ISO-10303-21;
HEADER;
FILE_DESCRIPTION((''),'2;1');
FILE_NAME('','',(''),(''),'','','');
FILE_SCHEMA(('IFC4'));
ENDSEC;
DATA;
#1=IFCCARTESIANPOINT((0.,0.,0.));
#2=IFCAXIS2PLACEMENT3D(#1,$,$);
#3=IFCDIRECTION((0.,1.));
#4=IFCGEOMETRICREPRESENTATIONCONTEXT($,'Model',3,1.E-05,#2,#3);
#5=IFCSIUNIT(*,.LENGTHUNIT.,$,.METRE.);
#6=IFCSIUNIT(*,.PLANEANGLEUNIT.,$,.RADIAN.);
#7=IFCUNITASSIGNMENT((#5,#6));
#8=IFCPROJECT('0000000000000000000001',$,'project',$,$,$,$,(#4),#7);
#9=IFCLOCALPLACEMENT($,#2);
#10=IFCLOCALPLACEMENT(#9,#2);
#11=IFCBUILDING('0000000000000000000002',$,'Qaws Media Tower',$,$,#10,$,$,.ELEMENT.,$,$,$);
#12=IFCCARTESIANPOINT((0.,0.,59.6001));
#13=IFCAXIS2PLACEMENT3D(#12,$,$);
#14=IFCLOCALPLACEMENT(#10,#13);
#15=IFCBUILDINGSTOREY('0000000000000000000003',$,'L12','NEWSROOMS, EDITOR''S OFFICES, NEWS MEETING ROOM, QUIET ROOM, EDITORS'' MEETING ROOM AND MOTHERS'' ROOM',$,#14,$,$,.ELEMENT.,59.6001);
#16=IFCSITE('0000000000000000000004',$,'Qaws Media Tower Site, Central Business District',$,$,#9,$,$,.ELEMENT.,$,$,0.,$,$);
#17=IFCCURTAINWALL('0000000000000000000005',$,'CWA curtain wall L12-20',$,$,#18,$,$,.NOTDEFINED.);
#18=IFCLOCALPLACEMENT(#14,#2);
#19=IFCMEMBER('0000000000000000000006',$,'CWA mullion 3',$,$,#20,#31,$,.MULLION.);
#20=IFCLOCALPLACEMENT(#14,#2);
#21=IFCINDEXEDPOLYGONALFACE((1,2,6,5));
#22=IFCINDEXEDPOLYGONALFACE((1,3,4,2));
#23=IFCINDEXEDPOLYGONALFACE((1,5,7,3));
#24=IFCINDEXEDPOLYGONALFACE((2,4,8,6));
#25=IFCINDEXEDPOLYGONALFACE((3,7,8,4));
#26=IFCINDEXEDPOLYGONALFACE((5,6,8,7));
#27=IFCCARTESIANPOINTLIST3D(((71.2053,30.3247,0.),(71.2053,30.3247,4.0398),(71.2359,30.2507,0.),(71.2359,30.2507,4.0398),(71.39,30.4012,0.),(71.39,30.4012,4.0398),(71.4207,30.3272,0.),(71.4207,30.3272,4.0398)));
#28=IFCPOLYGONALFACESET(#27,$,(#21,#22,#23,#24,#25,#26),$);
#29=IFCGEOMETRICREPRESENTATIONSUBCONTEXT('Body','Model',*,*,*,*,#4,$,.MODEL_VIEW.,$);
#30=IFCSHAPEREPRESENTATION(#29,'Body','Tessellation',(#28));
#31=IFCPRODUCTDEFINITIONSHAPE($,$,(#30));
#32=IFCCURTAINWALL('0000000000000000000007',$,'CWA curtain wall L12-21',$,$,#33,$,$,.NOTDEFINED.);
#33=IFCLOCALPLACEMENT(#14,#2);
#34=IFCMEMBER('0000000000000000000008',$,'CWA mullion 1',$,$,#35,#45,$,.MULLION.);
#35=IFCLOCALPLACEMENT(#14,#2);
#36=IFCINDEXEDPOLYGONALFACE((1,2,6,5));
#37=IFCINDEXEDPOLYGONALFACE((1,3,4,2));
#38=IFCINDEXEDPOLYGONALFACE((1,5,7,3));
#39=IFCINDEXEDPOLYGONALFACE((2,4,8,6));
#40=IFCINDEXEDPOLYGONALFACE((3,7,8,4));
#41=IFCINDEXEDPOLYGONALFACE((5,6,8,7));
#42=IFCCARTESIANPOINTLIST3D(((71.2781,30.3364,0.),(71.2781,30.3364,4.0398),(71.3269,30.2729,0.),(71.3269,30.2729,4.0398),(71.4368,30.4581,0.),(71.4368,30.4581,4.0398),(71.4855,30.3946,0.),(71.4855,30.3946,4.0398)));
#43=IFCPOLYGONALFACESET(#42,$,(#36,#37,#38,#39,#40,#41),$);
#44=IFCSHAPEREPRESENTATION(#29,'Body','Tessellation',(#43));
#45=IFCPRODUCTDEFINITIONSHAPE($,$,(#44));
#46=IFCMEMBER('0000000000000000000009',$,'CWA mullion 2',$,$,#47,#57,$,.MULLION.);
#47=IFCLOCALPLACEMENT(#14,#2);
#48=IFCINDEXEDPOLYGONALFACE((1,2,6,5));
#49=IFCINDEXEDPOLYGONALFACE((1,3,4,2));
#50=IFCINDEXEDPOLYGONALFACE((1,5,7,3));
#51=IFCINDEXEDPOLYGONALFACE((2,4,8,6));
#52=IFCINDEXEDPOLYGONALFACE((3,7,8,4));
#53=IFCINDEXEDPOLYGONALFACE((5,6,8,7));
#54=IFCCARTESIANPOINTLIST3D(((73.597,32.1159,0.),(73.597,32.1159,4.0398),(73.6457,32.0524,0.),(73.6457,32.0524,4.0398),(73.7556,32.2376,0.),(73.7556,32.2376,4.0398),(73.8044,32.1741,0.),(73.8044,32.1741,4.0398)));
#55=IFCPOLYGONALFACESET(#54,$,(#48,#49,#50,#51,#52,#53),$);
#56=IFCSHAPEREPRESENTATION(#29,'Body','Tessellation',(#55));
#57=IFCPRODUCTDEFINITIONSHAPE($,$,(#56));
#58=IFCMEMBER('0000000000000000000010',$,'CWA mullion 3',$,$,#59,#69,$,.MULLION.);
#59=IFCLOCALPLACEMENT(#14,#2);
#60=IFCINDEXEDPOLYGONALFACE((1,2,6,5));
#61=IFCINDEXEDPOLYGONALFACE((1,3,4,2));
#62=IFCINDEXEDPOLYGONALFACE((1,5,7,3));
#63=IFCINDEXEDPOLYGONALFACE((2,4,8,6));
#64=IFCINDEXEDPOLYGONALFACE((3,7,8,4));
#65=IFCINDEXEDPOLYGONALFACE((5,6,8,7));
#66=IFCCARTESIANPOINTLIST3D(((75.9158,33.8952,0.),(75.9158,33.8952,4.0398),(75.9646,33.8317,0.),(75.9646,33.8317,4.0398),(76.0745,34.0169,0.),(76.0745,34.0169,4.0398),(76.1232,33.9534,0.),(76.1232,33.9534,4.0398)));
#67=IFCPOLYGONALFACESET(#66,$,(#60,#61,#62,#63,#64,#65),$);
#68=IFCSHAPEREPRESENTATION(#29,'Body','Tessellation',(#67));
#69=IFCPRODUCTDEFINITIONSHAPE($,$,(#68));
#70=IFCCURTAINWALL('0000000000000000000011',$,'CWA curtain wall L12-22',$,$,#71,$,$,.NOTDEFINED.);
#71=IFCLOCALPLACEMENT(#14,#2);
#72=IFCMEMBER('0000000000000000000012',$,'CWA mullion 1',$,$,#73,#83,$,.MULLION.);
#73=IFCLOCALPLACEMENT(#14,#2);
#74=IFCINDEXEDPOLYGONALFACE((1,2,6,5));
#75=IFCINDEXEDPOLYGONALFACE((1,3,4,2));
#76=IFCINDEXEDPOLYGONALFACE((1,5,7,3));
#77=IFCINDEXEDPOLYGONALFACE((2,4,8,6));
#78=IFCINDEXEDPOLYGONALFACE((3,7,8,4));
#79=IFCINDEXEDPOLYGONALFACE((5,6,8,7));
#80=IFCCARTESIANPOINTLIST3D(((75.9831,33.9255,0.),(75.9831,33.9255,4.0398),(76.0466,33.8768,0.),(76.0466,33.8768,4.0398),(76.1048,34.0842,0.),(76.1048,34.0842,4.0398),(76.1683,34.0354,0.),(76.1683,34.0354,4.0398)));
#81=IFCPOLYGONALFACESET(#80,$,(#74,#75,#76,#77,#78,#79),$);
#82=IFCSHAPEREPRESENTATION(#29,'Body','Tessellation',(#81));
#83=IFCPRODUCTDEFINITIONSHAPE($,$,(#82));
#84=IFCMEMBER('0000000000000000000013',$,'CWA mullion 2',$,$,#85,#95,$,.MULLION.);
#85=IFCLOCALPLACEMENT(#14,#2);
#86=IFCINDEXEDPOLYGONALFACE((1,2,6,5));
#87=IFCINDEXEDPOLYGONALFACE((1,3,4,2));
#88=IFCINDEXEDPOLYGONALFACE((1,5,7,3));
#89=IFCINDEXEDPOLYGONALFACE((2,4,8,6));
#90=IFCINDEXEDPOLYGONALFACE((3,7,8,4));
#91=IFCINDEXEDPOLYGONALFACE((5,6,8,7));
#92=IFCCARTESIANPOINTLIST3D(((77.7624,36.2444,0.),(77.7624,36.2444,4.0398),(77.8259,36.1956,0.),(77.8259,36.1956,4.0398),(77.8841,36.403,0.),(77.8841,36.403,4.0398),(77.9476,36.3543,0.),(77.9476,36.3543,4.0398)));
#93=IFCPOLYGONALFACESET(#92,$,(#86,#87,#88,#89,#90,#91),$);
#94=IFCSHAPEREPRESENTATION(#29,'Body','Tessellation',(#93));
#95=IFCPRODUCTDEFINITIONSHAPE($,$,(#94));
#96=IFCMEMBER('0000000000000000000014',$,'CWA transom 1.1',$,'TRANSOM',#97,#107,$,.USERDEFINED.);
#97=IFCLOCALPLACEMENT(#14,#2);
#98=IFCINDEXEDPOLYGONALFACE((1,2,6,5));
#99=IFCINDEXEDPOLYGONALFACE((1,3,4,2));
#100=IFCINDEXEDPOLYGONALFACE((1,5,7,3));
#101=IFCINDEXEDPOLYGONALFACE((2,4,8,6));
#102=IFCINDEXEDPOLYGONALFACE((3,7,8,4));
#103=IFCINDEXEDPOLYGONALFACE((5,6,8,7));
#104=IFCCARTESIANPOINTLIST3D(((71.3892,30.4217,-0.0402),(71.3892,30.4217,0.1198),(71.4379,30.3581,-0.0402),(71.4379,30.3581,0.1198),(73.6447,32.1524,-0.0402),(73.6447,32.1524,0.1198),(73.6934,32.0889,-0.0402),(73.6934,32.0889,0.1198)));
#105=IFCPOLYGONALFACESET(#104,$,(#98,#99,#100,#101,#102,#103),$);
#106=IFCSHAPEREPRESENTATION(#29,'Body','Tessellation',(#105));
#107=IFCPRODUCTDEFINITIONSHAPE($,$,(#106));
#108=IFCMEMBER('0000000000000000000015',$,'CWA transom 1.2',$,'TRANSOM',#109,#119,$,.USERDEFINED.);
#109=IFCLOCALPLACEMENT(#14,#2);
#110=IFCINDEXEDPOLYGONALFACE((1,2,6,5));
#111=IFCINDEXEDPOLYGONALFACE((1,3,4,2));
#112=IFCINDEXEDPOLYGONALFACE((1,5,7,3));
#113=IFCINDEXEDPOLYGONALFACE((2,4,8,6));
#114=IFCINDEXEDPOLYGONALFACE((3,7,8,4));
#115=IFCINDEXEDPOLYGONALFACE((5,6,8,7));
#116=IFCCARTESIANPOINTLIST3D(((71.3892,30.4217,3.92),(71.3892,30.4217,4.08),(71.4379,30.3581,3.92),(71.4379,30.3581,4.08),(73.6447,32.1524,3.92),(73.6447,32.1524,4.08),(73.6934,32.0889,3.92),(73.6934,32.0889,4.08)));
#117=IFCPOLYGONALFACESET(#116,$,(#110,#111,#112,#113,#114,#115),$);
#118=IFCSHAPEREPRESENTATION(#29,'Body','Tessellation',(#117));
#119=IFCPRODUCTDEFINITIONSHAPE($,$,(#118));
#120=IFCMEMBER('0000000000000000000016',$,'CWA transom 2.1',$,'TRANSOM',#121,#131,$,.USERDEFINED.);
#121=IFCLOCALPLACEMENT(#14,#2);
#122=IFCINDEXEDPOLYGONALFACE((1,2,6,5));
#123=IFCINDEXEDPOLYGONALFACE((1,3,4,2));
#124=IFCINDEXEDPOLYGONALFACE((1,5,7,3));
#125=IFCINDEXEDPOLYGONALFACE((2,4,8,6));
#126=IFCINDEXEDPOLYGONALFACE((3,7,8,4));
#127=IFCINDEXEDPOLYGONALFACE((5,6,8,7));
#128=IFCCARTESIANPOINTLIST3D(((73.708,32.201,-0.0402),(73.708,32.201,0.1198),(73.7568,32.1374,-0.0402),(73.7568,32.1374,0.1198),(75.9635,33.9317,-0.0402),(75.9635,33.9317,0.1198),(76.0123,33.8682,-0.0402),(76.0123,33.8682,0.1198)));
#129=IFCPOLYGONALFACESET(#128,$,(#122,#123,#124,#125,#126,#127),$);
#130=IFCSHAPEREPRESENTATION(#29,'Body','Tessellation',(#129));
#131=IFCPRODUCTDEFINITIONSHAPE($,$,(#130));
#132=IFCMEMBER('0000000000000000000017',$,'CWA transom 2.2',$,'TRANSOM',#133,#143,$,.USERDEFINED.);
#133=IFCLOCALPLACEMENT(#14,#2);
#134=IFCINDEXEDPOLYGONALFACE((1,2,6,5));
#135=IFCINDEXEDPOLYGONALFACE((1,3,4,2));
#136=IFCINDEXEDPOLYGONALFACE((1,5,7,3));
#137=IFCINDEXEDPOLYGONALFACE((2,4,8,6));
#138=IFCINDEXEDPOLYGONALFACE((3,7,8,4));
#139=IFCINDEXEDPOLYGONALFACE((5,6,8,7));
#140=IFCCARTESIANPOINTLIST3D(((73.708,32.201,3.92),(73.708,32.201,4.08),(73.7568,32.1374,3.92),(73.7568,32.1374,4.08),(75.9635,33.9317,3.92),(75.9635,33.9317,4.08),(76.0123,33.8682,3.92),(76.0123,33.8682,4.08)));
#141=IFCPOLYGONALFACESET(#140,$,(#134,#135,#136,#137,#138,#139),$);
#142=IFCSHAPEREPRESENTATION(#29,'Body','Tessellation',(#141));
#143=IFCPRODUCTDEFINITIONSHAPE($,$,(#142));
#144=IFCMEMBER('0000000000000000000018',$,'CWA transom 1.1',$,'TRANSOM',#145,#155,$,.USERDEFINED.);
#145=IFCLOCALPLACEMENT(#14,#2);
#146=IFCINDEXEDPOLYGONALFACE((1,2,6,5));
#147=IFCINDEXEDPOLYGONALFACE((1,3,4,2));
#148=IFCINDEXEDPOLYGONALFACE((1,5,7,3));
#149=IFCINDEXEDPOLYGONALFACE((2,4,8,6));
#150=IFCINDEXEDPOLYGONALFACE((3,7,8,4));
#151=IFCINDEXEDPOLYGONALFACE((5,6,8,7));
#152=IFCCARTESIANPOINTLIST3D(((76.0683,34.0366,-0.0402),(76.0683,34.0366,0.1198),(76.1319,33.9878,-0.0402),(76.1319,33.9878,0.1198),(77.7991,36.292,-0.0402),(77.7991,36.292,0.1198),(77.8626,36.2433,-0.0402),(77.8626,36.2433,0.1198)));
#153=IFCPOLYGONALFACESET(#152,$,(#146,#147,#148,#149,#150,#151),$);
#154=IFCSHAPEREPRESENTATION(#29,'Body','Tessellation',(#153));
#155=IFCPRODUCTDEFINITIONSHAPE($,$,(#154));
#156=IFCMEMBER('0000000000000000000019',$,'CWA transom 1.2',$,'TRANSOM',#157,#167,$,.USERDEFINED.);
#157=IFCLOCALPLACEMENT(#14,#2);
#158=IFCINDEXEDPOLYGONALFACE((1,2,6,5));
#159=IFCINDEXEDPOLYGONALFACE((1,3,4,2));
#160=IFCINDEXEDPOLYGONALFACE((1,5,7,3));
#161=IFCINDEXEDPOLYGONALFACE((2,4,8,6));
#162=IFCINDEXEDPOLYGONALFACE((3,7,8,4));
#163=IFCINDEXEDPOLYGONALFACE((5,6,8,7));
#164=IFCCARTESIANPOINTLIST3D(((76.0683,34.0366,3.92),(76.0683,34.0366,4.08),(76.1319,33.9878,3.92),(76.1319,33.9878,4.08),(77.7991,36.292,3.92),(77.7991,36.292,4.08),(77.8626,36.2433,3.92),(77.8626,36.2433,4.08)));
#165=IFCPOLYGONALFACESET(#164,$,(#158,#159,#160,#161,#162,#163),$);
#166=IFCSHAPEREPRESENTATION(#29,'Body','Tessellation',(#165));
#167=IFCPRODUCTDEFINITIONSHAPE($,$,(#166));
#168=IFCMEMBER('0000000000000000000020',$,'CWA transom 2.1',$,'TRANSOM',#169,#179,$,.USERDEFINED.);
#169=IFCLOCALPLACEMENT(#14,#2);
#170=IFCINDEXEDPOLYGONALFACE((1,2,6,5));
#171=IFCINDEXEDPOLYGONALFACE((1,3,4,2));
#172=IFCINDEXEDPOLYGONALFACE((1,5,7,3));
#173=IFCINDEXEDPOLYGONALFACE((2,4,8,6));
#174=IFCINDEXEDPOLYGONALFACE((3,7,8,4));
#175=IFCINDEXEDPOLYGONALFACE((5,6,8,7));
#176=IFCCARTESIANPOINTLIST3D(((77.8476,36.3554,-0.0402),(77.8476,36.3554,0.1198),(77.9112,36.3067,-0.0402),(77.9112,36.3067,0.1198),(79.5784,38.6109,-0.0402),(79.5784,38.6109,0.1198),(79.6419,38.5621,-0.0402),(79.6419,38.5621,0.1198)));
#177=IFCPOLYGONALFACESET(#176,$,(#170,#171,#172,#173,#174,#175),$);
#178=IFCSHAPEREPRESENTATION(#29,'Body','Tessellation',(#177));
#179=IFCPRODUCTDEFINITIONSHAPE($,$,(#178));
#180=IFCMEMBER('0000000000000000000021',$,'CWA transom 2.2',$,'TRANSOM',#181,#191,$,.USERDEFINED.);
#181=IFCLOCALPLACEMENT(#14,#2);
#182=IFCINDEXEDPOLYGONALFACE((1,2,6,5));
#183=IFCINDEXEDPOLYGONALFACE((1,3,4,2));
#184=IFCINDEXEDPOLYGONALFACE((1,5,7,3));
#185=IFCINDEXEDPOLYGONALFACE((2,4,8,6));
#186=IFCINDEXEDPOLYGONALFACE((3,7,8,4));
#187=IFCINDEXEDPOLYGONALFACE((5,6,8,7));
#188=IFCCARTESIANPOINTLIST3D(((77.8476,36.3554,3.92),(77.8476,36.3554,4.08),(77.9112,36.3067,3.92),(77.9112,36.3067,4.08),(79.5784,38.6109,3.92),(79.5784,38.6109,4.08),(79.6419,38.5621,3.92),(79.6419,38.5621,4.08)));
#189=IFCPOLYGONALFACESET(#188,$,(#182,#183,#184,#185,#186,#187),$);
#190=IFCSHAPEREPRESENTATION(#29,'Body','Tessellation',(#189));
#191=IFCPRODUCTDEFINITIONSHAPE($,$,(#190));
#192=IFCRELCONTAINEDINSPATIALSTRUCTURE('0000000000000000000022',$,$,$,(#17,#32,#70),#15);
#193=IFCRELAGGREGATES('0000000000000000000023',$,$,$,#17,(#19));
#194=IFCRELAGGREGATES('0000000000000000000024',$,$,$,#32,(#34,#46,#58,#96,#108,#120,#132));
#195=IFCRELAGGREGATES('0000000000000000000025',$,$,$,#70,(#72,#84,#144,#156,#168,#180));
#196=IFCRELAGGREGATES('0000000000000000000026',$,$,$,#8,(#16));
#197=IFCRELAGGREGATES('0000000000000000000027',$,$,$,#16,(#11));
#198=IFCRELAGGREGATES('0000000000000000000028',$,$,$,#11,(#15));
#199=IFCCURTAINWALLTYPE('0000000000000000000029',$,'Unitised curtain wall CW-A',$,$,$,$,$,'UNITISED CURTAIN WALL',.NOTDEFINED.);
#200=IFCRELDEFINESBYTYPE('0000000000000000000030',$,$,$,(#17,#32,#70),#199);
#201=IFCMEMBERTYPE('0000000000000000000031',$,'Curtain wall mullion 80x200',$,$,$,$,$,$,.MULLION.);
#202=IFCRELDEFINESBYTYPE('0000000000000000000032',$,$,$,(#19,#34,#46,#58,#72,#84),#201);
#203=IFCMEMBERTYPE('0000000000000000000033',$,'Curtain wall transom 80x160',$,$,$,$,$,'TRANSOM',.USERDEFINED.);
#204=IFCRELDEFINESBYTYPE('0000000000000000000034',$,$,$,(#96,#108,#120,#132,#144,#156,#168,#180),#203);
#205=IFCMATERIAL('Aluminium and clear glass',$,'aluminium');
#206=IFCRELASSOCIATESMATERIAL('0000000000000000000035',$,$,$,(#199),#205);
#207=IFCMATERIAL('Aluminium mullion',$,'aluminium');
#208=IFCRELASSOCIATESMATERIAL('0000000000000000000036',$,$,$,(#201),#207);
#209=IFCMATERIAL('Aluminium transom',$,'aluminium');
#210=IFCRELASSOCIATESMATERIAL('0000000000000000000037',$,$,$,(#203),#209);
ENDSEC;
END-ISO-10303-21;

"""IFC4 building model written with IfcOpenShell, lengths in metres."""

from ifc_helpers import new_model, si_unit, direction, frame, origin, origin_2d, place, context, subcontext, project, spatial, rectangle, extrude, material, material_profile, profile_set, type_object, element, aggregate, save


model = new_model("IFC4")

# Units and contexts
model_context = context("Model", 3, precision=1e-05, world=origin(), true_north=direction((0.0, 1.0)))
body_context = subcontext(model_context, "Body", "Model", "MODEL_VIEW")
ifc_project = project(units=[si_unit("LENGTHUNIT", "METRE"), si_unit("PLANEANGLEUNIT", "RADIAN")], contexts=[model_context])

# Site, building, storey
site_placement = place(None, origin())
site = spatial("IfcSite", under=ifc_project, at=site_placement, Name="Qaws Media Tower Site, Central Business District", CompositionType="ELEMENT", RefElevation=0.0)
building_placement = place(site_placement, origin())
building = spatial("IfcBuilding", under=site, at=building_placement, Name="Qaws Media Tower", CompositionType="ELEMENT")
storey_placement = place(building_placement, frame((0.0, 0.0, 59.6001)))
storey = spatial("IfcBuildingStorey", under=building, at=storey_placement, Name="L12", Description="NEWSROOMS, EDITOR'S OFFICES, NEWS MEETING ROOM, QUIET ROOM, EDITORS' MEETING ROOM AND MOTHERS' ROOM", CompositionType="ELEMENT", Elevation=59.6001)

# Curtain wall, member
ifc_material_1 = material(Name="Aluminium and clear glass", Category="aluminium")
curtain_wall_type = type_object("IfcCurtainWallType", Name="Unitised curtain wall CW-A", ElementType="UNITISED CURTAIN WALL", PredefinedType="NOTDEFINED", material=ifc_material_1)
curtain_wall_1_placement = place(storey_placement, origin())
curtain_wall_1 = element("IfcCurtainWall", 1, at=curtain_wall_1_placement, inside=storey, type_object=curtain_wall_type, Name="CWA curtain wall L12-20", PredefinedType="NOTDEFINED")
ifc_material_2 = material(Name="Aluminium mullion", Category="aluminium")
ifc_material_profile_1 = material_profile(ifc_material_2, rectangle(XDim=0.0801, YDim=0.2, at=origin_2d()), Name="80x200")
ifc_profile_set_1 = profile_set([ifc_material_profile_1], Name="Aluminium mullion")
member_type_1 = type_object("IfcMemberType", Name="Curtain wall mullion 80x200", PredefinedType="MULLION", material=ifc_profile_set_1)
member_1_placement = place(storey_placement, frame((71.313, 30.3259, 0.0), z_axis=(0.0, 0.0, 1.0), x_axis=(-0.382683, 0.92388, 0.0)))
member_1 = element("IfcMember", 2, at=member_1_placement, type_object=member_type_1, Name="CWA mullion 3", PredefinedType="MULLION", context=body_context, shape_type="SweptSolid", body=[
    extrude(rectangle(XDim=0.0801, YDim=0.2, at=origin_2d()), origin(), (0.0, 0.0, 1.0), 4.0398),
])
aggregate(curtain_wall_1, [member_1])

# Curtain walls, members
curtain_wall_2_placement = place(storey_placement, origin())
curtain_wall_2 = element("IfcCurtainWall", 3, at=curtain_wall_2_placement, inside=storey, type_object=curtain_wall_type, Name="CWA curtain wall L12-21", PredefinedType="NOTDEFINED")
member_2_placement = place(storey_placement, frame((71.3818, 30.3655, 0.0), z_axis=(0.0, 0.0, 1.0), x_axis=(-0.608761, 0.793353, 0.0)))
member_2 = element("IfcMember", 4, at=member_2_placement, type_object=member_type_1, Name="CWA mullion 1", PredefinedType="MULLION", context=body_context, shape_type="SweptSolid", body=[
    extrude(rectangle(XDim=0.0801, YDim=0.2, at=origin_2d()), origin(), (0.0, 0.0, 1.0), 4.0398),
])
member_3_placement = place(storey_placement, frame((73.7007, 32.145, 0.0), z_axis=(0.0, 0.0, 1.0), x_axis=(-0.608761, 0.793353, 0.0)))
member_3 = element("IfcMember", 5, at=member_3_placement, type_object=member_type_1, Name="CWA mullion 2", PredefinedType="MULLION", context=body_context, shape_type="SweptSolid", body=[
    extrude(rectangle(XDim=0.0801, YDim=0.2, at=origin_2d()), origin(), (0.0, 0.0, 1.0), 4.0398),
])
member_4_placement = place(storey_placement, frame((76.0195, 33.9243, 0.0), z_axis=(0.0, 0.0, 1.0), x_axis=(-0.608761, 0.793353, 0.0)))
member_4 = element("IfcMember", 6, at=member_4_placement, type_object=member_type_1, Name="CWA mullion 3", PredefinedType="MULLION", context=body_context, shape_type="SweptSolid", body=[
    extrude(rectangle(XDim=0.0801, YDim=0.2, at=origin_2d()), origin(), (0.0, 0.0, 1.0), 4.0398),
])
curtain_wall_3_placement = place(storey_placement, origin())
curtain_wall_3 = element("IfcCurtainWall", 7, at=curtain_wall_3_placement, inside=storey, type_object=curtain_wall_type, Name="CWA curtain wall L12-22", PredefinedType="NOTDEFINED")
member_5_placement = place(storey_placement, frame((76.0757, 33.9805, 0.0), z_axis=(0.0, 0.0, 1.0), x_axis=(-0.793353, 0.608761, 0.0)))
member_5 = element("IfcMember", 8, at=member_5_placement, type_object=member_type_1, Name="CWA mullion 1", PredefinedType="MULLION", context=body_context, shape_type="SweptSolid", body=[
    extrude(rectangle(XDim=0.0801, YDim=0.2, at=origin_2d()), origin(), (0.0, 0.0, 1.0), 4.0398),
])
member_6_placement = place(storey_placement, frame((77.855, 36.2993, 0.0), z_axis=(0.0, 0.0, 1.0), x_axis=(-0.793353, 0.608761, 0.0)))
member_6 = element("IfcMember", 9, at=member_6_placement, type_object=member_type_1, Name="CWA mullion 2", PredefinedType="MULLION", context=body_context, shape_type="SweptSolid", body=[
    extrude(rectangle(XDim=0.0801, YDim=0.2, at=origin_2d()), origin(), (0.0, 0.0, 1.0), 4.0398),
])

# Members
ifc_material_3 = material(Name="Aluminium transom", Category="aluminium")
ifc_material_profile_2 = material_profile(ifc_material_3, rectangle(XDim=0.0801, YDim=0.1599, at=origin_2d()), Name="80x160")
ifc_profile_set_2 = profile_set([ifc_material_profile_2], Name="Aluminium transom")
member_type_2 = type_object("IfcMemberType", Name="Curtain wall transom 80x160", ElementType="TRANSOM", PredefinedType="USERDEFINED", material=ifc_profile_set_2)
member_7_placement = place(storey_placement, frame((71.4136, 30.3899, 0.0398), z_axis=(0.793335, 0.608785, 0.0), x_axis=(-0.608785, 0.793335, 0.0)))
member_7 = element("IfcMember", 10, at=member_7_placement, type_object=member_type_2, Name="CWA transom 1.1", ObjectType="TRANSOM", PredefinedType="USERDEFINED", context=body_context, shape_type="SweptSolid", body=[
    extrude(rectangle(XDim=0.0801, YDim=0.1599, at=origin_2d()), origin(), (0.0, 0.0, 1.0), 2.843),
])
member_8_placement = place(storey_placement, frame((71.4136, 30.3899, 4.0), z_axis=(0.793335, 0.608785, 0.0), x_axis=(-0.608785, 0.793335, 0.0)))
member_8 = element("IfcMember", 11, at=member_8_placement, type_object=member_type_2, Name="CWA transom 1.2", ObjectType="TRANSOM", PredefinedType="USERDEFINED", context=body_context, shape_type="SweptSolid", body=[
    extrude(rectangle(XDim=0.0801, YDim=0.1599, at=origin_2d()), origin(), (0.0, 0.0, 1.0), 2.843),
])
member_9_placement = place(storey_placement, frame((73.7324, 32.1692, 0.0398), z_axis=(0.793335, 0.608785, 0.0), x_axis=(-0.608785, 0.793335, 0.0)))
member_9 = element("IfcMember", 12, at=member_9_placement, type_object=member_type_2, Name="CWA transom 2.1", ObjectType="TRANSOM", PredefinedType="USERDEFINED", context=body_context, shape_type="SweptSolid", body=[
    extrude(rectangle(XDim=0.0801, YDim=0.1599, at=origin_2d()), origin(), (0.0, 0.0, 1.0), 2.843),
])
member_10_placement = place(storey_placement, frame((73.7324, 32.1692, 4.0), z_axis=(0.793335, 0.608785, 0.0), x_axis=(-0.608785, 0.793335, 0.0)))
member_10 = element("IfcMember", 13, at=member_10_placement, type_object=member_type_2, Name="CWA transom 2.2", ObjectType="TRANSOM", PredefinedType="USERDEFINED", context=body_context, shape_type="SweptSolid", body=[
    extrude(rectangle(XDim=0.0801, YDim=0.1599, at=origin_2d()), origin(), (0.0, 0.0, 1.0), 2.843),
])
member_11_placement = place(storey_placement, frame((76.1001, 34.0122, 0.0398), z_axis=(0.608785, 0.793335, 0.0), x_axis=(-0.793335, 0.608785, 0.0)))
member_11 = element("IfcMember", 14, at=member_11_placement, type_object=member_type_2, Name="CWA transom 1.1", ObjectType="TRANSOM", PredefinedType="USERDEFINED", context=body_context, shape_type="SweptSolid", body=[
    extrude(rectangle(XDim=0.0801, YDim=0.1599, at=origin_2d()), origin(), (0.0, 0.0, 1.0), 2.843),
])
member_12_placement = place(storey_placement, frame((76.1001, 34.0122, 4.0), z_axis=(0.608785, 0.793335, 0.0), x_axis=(-0.793335, 0.608785, 0.0)))
member_12 = element("IfcMember", 15, at=member_12_placement, type_object=member_type_2, Name="CWA transom 1.2", ObjectType="TRANSOM", PredefinedType="USERDEFINED", context=body_context, shape_type="SweptSolid", body=[
    extrude(rectangle(XDim=0.0801, YDim=0.1599, at=origin_2d()), origin(), (0.0, 0.0, 1.0), 2.843),
])
member_13_placement = place(storey_placement, frame((77.8794, 36.3311, 0.0398), z_axis=(0.608785, 0.793335, 0.0), x_axis=(-0.793335, 0.608785, 0.0)))
member_13 = element("IfcMember", 16, at=member_13_placement, type_object=member_type_2, Name="CWA transom 2.1", ObjectType="TRANSOM", PredefinedType="USERDEFINED", context=body_context, shape_type="SweptSolid", body=[
    extrude(rectangle(XDim=0.0801, YDim=0.1599, at=origin_2d()), origin(), (0.0, 0.0, 1.0), 2.843),
])
member_14_placement = place(storey_placement, frame((77.8794, 36.3311, 4.0), z_axis=(0.608785, 0.793335, 0.0), x_axis=(-0.793335, 0.608785, 0.0)))
member_14 = element("IfcMember", 17, at=member_14_placement, type_object=member_type_2, Name="CWA transom 2.2", ObjectType="TRANSOM", PredefinedType="USERDEFINED", context=body_context, shape_type="SweptSolid", body=[
    extrude(rectangle(XDim=0.0801, YDim=0.1599, at=origin_2d()), origin(), (0.0, 0.0, 1.0), 2.843),
])

aggregate(curtain_wall_2, [member_2, member_3, member_4, member_7, member_8, member_9, member_10])
aggregate(curtain_wall_3, [member_5, member_6, member_11, member_12, member_13, member_14])

save(model, "model.ifc")
